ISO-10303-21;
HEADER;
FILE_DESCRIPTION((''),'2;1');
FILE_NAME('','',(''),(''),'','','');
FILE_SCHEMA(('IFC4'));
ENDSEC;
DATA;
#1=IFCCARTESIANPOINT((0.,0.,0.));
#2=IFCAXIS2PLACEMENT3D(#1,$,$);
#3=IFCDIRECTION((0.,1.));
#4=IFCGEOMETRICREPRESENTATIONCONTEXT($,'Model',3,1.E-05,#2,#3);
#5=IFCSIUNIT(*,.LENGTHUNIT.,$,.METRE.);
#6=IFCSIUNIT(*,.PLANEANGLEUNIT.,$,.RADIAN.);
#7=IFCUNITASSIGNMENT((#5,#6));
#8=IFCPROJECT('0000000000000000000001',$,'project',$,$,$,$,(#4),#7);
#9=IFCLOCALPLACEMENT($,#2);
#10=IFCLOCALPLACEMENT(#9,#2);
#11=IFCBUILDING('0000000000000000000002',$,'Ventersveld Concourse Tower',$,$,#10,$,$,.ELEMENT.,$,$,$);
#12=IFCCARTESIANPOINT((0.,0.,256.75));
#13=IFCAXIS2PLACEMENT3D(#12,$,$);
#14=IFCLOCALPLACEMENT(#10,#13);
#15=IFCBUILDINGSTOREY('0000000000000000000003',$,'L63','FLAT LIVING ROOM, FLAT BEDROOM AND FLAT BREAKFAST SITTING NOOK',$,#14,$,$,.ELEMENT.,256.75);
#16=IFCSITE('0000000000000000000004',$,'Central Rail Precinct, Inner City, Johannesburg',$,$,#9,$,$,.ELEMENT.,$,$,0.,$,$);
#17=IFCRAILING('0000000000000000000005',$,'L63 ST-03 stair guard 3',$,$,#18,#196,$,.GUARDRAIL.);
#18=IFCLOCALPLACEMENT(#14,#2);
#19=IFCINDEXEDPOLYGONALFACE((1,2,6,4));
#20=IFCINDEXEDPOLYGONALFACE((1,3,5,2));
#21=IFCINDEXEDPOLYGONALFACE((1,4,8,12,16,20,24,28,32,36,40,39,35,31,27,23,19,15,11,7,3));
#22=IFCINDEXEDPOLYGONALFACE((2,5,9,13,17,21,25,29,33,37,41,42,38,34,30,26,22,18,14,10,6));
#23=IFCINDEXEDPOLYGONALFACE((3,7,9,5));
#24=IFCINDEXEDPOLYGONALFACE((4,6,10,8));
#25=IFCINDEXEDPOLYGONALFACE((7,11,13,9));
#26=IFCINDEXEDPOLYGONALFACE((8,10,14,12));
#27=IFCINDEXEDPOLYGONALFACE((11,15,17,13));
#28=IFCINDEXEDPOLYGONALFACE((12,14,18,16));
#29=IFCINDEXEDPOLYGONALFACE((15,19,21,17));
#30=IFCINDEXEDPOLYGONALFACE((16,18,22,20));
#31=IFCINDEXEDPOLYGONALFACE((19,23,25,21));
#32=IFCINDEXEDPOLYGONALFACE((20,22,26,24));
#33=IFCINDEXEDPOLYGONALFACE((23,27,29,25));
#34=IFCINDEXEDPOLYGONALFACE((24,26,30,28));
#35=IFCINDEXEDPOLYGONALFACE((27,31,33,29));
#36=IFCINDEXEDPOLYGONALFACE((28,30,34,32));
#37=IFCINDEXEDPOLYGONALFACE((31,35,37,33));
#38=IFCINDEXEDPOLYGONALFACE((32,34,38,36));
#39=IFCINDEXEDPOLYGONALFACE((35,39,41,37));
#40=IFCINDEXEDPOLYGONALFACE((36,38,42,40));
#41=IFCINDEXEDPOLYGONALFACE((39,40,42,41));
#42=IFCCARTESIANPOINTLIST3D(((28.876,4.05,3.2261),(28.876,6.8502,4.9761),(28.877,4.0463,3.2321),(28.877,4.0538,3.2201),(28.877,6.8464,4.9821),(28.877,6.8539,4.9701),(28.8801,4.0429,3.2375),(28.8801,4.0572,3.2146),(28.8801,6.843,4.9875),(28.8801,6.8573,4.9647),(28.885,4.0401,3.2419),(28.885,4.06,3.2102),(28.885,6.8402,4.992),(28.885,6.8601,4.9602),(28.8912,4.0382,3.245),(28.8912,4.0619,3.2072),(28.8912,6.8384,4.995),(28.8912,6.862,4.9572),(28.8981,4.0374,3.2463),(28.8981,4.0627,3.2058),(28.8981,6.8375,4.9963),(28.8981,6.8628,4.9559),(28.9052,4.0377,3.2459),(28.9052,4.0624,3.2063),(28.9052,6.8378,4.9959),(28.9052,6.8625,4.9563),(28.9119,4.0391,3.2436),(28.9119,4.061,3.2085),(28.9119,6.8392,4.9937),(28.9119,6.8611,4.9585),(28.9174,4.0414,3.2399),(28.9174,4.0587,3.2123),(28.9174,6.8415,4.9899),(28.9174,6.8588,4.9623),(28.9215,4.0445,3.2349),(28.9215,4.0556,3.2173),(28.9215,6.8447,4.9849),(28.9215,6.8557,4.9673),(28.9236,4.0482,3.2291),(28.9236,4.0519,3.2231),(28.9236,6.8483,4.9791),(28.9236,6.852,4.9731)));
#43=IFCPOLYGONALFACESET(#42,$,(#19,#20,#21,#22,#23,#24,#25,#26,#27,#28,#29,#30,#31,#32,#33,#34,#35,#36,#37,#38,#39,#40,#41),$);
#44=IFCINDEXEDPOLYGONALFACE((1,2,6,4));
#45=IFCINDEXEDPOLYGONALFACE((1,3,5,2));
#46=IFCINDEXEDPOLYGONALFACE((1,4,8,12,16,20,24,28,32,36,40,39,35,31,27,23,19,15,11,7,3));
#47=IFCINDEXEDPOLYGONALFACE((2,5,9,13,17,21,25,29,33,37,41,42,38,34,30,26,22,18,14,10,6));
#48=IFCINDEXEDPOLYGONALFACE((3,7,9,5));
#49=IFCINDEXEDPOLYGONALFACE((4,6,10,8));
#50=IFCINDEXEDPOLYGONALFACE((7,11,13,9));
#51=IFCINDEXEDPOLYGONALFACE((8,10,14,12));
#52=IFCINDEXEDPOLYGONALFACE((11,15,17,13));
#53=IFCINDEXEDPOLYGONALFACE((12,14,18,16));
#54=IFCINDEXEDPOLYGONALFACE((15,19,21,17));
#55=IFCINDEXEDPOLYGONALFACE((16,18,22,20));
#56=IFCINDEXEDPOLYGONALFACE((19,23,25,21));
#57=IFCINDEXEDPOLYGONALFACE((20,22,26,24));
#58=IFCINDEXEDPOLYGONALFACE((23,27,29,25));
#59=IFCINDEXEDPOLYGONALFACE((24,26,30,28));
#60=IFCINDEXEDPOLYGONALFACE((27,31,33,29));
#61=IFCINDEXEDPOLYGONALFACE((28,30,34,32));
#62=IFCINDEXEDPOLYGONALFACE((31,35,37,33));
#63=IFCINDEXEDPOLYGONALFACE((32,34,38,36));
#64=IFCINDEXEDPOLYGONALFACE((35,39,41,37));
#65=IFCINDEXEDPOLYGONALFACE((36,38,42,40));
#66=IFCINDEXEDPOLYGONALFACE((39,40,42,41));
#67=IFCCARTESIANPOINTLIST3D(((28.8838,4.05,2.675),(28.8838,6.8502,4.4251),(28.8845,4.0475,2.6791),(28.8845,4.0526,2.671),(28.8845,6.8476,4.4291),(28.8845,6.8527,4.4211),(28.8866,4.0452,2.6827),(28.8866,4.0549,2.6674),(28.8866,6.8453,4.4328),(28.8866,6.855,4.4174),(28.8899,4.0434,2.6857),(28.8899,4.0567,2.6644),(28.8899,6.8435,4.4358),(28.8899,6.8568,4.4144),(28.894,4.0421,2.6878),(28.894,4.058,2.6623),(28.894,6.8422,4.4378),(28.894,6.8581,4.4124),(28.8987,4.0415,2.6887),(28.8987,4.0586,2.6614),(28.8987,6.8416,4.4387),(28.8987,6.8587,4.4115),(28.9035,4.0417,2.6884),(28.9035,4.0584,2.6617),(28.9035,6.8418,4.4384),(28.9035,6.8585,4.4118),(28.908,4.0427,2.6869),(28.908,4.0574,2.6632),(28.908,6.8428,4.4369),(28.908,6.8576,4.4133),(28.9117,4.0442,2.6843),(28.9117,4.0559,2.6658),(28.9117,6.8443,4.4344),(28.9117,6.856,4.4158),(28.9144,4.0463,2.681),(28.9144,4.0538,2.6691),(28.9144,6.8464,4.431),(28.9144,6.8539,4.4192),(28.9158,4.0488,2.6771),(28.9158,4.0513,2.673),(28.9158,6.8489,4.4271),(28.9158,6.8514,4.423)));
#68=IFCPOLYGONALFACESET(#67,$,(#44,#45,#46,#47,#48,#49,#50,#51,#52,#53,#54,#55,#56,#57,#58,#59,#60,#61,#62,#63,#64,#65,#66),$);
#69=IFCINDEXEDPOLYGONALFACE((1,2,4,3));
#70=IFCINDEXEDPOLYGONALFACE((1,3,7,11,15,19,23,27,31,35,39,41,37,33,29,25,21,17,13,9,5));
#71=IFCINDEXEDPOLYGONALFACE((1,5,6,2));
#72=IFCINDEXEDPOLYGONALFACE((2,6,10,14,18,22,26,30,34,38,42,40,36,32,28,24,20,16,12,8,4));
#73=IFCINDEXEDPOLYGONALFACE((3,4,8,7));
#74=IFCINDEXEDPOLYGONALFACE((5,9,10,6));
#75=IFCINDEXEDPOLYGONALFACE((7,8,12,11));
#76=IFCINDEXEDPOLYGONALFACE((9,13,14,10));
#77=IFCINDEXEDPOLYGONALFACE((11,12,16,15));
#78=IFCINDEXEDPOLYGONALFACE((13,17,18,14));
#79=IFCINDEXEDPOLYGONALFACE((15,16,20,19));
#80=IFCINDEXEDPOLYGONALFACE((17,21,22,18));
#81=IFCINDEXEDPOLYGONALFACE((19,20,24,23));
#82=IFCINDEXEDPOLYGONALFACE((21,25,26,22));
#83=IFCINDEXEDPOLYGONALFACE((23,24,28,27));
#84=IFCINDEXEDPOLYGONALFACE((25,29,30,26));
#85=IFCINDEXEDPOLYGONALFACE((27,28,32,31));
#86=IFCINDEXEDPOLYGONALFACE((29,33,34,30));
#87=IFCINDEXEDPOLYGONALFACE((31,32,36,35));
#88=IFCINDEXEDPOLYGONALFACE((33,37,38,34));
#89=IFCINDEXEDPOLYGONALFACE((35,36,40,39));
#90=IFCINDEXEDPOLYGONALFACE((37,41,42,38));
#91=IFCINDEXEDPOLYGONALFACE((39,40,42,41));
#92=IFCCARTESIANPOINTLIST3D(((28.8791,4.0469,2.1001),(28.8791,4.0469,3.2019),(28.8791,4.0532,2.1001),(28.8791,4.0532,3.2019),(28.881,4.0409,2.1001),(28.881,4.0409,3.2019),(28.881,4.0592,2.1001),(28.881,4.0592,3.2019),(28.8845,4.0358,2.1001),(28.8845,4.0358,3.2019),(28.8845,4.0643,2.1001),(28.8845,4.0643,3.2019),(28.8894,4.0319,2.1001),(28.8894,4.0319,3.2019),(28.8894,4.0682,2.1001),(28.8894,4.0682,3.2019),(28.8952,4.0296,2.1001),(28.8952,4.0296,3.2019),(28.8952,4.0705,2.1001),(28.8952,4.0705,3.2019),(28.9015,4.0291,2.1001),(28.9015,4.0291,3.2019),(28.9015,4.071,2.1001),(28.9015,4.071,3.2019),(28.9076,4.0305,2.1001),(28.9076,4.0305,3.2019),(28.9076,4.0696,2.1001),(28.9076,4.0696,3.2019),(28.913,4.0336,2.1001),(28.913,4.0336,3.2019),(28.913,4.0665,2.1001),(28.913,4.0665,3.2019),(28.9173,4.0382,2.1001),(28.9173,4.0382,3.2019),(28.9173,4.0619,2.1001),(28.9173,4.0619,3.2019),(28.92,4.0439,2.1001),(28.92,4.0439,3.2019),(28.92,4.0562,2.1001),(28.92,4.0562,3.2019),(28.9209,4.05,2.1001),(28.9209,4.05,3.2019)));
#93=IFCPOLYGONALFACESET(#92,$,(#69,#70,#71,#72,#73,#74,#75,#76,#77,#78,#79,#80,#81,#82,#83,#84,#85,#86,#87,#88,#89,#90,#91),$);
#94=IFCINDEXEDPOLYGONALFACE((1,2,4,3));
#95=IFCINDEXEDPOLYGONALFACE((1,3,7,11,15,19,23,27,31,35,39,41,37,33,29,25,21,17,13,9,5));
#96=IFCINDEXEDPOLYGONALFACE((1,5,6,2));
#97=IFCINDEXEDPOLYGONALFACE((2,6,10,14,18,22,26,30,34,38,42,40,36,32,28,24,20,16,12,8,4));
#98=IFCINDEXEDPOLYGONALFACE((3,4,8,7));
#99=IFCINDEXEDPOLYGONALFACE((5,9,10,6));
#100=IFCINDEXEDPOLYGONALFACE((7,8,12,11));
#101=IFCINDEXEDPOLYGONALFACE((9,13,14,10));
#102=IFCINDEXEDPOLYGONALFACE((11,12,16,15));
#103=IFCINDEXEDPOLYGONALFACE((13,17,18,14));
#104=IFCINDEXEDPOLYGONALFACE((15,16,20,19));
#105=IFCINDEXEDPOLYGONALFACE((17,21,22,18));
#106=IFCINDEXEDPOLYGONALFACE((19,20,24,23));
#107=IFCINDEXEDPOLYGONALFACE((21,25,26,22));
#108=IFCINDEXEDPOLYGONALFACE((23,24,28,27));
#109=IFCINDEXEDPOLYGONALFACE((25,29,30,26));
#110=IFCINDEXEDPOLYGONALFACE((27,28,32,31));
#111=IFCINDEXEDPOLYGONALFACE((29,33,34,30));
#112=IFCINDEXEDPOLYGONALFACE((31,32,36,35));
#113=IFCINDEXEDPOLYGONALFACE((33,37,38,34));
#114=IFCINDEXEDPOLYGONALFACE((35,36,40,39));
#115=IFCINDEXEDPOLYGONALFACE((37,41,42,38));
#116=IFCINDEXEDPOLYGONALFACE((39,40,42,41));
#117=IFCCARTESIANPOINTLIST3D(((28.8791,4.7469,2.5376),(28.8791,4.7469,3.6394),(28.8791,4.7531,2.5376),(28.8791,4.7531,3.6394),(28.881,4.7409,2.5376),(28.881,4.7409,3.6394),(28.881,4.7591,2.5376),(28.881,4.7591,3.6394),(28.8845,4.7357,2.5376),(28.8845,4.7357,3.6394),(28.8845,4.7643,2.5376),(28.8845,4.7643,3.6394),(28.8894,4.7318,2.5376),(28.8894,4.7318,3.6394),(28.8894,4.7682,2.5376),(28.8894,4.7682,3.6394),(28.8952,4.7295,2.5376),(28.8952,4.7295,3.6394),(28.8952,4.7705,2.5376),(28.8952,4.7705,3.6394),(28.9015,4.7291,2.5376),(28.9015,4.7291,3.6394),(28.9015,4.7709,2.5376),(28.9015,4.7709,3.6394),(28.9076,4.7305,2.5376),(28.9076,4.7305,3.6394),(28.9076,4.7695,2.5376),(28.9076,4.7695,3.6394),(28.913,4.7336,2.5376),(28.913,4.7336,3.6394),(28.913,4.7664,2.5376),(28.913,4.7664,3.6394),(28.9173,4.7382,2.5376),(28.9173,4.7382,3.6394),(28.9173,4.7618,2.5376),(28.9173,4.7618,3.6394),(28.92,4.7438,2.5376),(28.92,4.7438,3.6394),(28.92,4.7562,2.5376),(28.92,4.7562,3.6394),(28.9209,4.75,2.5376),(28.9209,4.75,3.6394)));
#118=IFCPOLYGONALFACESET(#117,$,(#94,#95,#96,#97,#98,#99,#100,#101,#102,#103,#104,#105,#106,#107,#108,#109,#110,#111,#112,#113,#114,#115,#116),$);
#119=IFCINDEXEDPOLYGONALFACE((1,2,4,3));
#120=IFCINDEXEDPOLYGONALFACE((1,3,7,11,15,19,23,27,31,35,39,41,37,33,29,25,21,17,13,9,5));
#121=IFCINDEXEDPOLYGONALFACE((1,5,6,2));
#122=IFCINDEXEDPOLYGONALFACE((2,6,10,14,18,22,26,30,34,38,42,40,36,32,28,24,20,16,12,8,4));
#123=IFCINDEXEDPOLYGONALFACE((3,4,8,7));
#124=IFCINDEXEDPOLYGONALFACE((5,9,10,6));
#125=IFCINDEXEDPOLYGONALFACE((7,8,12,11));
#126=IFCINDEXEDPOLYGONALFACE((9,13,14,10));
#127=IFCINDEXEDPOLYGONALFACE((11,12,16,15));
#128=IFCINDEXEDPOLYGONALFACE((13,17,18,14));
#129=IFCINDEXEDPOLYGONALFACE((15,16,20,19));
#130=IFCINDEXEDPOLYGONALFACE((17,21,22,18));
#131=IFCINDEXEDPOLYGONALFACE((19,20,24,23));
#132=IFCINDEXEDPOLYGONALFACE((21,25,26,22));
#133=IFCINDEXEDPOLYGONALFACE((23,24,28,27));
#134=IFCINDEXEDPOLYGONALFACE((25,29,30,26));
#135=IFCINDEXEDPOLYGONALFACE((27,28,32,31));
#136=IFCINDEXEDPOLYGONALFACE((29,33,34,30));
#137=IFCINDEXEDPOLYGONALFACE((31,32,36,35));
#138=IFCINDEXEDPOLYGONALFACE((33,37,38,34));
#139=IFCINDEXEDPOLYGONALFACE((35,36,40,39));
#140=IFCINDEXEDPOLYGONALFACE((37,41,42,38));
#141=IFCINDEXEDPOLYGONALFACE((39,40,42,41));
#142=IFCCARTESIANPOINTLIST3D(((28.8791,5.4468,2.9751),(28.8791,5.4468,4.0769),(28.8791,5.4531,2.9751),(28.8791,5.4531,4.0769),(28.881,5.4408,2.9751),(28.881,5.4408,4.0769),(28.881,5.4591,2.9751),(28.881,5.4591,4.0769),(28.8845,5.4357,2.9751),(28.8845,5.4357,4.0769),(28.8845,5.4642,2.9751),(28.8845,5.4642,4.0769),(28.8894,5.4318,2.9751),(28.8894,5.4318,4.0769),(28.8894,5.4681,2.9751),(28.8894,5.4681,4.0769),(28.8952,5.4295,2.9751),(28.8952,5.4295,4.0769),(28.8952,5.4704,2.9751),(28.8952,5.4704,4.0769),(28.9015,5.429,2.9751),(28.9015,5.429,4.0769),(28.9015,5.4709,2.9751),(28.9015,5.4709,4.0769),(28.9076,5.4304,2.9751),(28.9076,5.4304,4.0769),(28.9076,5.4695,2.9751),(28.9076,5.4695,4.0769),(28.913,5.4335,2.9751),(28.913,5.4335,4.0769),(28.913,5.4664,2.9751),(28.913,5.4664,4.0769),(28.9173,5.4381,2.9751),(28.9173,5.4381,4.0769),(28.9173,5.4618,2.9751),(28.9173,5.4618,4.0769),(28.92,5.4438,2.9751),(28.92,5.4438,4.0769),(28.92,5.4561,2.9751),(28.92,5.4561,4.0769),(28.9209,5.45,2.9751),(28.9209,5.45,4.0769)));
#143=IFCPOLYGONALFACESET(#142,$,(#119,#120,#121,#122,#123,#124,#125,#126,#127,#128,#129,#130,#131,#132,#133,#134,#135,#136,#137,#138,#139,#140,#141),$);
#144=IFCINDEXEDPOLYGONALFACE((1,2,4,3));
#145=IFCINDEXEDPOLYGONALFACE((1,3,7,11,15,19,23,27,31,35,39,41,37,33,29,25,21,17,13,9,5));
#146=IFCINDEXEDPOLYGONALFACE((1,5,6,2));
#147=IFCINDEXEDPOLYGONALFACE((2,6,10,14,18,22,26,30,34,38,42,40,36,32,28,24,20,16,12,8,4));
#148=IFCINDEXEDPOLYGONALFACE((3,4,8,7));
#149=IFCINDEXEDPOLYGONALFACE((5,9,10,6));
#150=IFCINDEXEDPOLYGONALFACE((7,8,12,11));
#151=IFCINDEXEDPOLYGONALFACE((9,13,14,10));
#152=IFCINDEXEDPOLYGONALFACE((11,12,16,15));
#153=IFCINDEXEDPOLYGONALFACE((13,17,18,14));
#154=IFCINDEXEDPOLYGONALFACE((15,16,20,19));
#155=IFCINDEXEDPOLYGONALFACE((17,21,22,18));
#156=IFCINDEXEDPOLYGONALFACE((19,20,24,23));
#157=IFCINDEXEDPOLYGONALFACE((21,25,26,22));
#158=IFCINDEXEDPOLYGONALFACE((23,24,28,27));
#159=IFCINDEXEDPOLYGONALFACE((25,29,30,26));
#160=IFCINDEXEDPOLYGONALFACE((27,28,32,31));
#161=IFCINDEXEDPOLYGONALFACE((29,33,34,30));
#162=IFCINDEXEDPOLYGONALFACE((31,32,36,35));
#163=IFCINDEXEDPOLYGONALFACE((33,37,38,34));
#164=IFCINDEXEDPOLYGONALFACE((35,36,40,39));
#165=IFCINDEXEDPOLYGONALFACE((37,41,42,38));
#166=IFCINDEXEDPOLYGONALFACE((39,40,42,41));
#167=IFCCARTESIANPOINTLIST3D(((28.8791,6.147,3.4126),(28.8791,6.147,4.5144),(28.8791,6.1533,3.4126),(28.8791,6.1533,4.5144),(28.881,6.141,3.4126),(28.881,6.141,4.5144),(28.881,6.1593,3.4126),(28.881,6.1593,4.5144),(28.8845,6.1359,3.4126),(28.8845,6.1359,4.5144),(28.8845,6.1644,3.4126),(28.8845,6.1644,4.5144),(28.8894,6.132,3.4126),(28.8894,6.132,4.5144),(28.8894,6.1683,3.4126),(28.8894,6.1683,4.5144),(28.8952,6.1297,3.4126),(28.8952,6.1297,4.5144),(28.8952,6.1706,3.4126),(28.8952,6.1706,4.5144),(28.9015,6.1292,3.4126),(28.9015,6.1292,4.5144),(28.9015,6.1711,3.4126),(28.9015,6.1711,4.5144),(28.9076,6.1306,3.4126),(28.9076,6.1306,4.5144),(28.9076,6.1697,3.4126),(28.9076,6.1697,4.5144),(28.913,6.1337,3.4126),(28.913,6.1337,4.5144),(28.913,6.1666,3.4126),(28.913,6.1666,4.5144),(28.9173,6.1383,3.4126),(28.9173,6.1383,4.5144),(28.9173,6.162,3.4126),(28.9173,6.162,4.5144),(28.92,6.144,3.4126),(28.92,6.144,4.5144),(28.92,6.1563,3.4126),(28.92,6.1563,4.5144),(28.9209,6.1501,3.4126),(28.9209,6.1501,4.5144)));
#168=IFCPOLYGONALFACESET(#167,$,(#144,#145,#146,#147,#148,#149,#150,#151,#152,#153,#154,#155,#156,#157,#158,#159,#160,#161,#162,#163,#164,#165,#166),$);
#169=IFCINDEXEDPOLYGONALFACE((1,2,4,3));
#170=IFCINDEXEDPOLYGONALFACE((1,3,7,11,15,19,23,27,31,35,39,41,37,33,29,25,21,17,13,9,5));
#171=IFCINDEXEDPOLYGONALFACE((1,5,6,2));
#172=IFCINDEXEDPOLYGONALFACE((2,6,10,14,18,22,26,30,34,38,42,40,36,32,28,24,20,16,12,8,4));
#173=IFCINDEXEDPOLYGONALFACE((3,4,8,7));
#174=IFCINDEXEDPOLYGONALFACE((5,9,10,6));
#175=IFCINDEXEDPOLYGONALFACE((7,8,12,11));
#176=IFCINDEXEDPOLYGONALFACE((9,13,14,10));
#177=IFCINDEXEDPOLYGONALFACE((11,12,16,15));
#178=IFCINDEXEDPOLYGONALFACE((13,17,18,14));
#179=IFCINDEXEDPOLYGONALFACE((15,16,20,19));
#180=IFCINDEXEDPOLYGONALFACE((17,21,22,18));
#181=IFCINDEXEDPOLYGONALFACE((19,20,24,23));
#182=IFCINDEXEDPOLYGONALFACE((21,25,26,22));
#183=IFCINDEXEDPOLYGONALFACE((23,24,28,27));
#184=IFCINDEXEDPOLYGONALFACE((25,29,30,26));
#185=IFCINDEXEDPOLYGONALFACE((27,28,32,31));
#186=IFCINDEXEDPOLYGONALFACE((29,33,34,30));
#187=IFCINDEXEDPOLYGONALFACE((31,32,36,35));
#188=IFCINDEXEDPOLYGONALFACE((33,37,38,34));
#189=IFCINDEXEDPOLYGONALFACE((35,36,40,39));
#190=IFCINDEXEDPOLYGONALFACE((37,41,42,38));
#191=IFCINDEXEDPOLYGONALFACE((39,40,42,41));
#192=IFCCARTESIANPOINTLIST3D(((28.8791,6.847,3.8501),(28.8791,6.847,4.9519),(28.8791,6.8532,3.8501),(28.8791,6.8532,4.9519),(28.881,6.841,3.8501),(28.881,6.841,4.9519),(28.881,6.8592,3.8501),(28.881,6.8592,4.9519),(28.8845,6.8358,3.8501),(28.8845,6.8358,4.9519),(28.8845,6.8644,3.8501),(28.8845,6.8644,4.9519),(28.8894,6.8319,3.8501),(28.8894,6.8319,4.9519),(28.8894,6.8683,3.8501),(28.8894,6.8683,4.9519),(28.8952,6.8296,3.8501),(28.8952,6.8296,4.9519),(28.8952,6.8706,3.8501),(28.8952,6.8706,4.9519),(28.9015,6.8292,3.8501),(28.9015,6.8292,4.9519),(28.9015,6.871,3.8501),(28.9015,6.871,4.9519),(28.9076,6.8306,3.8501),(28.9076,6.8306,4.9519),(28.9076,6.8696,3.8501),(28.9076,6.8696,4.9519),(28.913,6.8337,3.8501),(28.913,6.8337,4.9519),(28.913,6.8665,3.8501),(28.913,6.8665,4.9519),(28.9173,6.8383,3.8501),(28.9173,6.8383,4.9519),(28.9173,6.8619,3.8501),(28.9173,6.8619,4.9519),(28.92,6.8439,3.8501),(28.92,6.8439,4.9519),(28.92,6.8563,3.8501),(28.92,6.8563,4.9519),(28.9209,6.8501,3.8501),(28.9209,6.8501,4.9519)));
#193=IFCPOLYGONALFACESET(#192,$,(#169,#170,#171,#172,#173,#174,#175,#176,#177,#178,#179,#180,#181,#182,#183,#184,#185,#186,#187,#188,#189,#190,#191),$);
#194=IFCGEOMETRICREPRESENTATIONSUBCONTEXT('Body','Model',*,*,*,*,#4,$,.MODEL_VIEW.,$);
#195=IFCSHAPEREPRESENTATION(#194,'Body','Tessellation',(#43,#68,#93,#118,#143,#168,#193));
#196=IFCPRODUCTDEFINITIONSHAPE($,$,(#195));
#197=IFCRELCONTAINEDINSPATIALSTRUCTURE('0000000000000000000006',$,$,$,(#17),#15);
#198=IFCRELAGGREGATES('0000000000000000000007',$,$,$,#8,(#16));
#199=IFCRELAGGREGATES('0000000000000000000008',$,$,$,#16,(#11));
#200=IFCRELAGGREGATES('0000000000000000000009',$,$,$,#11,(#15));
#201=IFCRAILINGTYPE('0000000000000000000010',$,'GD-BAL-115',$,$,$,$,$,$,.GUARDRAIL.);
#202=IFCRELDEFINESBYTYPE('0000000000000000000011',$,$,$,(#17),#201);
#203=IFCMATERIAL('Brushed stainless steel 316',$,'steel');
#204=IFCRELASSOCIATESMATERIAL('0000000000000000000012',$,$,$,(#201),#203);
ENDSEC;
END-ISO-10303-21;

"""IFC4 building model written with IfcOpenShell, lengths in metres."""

from ifc_helpers import new_model, si_unit, direction, frame, origin, origin_2d, place, context, subcontext, project, spatial, circle, extrude, material, type_object, element, save


model = new_model("IFC4")

# Units and contexts
model_context = context("Model", 3, precision=1e-05, world=origin(), true_north=direction((0.0, 1.0)))
body_context = subcontext(model_context, "Body", "Model", "MODEL_VIEW")
ifc_project = project(units=[si_unit("LENGTHUNIT", "METRE"), si_unit("PLANEANGLEUNIT", "RADIAN")], contexts=[model_context])

# Site, building, storey
site_placement = place(None, origin())
site = spatial("IfcSite", under=ifc_project, at=site_placement, Name="Central Rail Precinct, Inner City, Johannesburg", CompositionType="ELEMENT", RefElevation=0.0)
building_placement = place(site_placement, origin())
building = spatial("IfcBuilding", under=site, at=building_placement, Name="Ventersveld Concourse Tower", CompositionType="ELEMENT")
storey_placement = place(building_placement, frame((0.0, 0.0, 256.75)))
storey = spatial("IfcBuildingStorey", under=building, at=storey_placement, Name="L63", Description="FLAT LIVING ROOM, FLAT BEDROOM AND FLAT BREAKFAST SITTING NOOK", CompositionType="ELEMENT", Elevation=256.75)

# Railing
ifc_material_1 = material(Name="Brushed stainless steel 316", Category="steel")
railing_type_1 = type_object("IfcRailingType", Name="GD-BAL-115", PredefinedType="GUARDRAIL", material=ifc_material_1)
railing_1_placement = place(storey_placement, frame((28.8999, 4.05, 2.1001)))
element("IfcRailing", 1, at=railing_1_placement, inside=storey, type_object=railing_type_1, Name="L63 ST-03 stair guard 3", PredefinedType="GUARDRAIL", context=body_context, shape_type="SweptSolid", body=[
    extrude(circle(Radius=0.0239, at=origin_2d()), frame((0.0, 0.0, 1.126), z_axis=(0.0, 0.848002, 0.529992), x_axis=(-1.0, 0.0, 0.0)), (0.0, 0.0, 1.0), 3.302),
    extrude(circle(Radius=0.0161, at=origin_2d()), frame((0.0, 0.0, 0.575), z_axis=(0.0, 0.848002, 0.529992), x_axis=(-1.0, 0.0, 0.0)), (0.0, 0.0, 1.0), 3.302),
    extrude(circle(Radius=0.021, at=origin_2d()), origin(), (0.0, 0.0, 1.0), 1.1018),
    extrude(circle(Radius=0.021, at=origin_2d()), frame((0.0, 0.7, 0.4375)), (0.0, 0.0, 1.0), 1.1018),
    extrude(circle(Radius=0.021, at=origin_2d()), frame((0.0, 1.3999, 0.875)), (0.0, 0.0, 1.0), 1.1018),
    extrude(circle(Radius=0.021, at=origin_2d()), frame((0.0, 2.1001, 1.3125)), (0.0, 0.0, 1.0), 1.1018),
    extrude(circle(Radius=0.021, at=origin_2d()), frame((0.0, 2.8, 1.75)), (0.0, 0.0, 1.0), 1.1018),
])

save(model, "model.ifc")
